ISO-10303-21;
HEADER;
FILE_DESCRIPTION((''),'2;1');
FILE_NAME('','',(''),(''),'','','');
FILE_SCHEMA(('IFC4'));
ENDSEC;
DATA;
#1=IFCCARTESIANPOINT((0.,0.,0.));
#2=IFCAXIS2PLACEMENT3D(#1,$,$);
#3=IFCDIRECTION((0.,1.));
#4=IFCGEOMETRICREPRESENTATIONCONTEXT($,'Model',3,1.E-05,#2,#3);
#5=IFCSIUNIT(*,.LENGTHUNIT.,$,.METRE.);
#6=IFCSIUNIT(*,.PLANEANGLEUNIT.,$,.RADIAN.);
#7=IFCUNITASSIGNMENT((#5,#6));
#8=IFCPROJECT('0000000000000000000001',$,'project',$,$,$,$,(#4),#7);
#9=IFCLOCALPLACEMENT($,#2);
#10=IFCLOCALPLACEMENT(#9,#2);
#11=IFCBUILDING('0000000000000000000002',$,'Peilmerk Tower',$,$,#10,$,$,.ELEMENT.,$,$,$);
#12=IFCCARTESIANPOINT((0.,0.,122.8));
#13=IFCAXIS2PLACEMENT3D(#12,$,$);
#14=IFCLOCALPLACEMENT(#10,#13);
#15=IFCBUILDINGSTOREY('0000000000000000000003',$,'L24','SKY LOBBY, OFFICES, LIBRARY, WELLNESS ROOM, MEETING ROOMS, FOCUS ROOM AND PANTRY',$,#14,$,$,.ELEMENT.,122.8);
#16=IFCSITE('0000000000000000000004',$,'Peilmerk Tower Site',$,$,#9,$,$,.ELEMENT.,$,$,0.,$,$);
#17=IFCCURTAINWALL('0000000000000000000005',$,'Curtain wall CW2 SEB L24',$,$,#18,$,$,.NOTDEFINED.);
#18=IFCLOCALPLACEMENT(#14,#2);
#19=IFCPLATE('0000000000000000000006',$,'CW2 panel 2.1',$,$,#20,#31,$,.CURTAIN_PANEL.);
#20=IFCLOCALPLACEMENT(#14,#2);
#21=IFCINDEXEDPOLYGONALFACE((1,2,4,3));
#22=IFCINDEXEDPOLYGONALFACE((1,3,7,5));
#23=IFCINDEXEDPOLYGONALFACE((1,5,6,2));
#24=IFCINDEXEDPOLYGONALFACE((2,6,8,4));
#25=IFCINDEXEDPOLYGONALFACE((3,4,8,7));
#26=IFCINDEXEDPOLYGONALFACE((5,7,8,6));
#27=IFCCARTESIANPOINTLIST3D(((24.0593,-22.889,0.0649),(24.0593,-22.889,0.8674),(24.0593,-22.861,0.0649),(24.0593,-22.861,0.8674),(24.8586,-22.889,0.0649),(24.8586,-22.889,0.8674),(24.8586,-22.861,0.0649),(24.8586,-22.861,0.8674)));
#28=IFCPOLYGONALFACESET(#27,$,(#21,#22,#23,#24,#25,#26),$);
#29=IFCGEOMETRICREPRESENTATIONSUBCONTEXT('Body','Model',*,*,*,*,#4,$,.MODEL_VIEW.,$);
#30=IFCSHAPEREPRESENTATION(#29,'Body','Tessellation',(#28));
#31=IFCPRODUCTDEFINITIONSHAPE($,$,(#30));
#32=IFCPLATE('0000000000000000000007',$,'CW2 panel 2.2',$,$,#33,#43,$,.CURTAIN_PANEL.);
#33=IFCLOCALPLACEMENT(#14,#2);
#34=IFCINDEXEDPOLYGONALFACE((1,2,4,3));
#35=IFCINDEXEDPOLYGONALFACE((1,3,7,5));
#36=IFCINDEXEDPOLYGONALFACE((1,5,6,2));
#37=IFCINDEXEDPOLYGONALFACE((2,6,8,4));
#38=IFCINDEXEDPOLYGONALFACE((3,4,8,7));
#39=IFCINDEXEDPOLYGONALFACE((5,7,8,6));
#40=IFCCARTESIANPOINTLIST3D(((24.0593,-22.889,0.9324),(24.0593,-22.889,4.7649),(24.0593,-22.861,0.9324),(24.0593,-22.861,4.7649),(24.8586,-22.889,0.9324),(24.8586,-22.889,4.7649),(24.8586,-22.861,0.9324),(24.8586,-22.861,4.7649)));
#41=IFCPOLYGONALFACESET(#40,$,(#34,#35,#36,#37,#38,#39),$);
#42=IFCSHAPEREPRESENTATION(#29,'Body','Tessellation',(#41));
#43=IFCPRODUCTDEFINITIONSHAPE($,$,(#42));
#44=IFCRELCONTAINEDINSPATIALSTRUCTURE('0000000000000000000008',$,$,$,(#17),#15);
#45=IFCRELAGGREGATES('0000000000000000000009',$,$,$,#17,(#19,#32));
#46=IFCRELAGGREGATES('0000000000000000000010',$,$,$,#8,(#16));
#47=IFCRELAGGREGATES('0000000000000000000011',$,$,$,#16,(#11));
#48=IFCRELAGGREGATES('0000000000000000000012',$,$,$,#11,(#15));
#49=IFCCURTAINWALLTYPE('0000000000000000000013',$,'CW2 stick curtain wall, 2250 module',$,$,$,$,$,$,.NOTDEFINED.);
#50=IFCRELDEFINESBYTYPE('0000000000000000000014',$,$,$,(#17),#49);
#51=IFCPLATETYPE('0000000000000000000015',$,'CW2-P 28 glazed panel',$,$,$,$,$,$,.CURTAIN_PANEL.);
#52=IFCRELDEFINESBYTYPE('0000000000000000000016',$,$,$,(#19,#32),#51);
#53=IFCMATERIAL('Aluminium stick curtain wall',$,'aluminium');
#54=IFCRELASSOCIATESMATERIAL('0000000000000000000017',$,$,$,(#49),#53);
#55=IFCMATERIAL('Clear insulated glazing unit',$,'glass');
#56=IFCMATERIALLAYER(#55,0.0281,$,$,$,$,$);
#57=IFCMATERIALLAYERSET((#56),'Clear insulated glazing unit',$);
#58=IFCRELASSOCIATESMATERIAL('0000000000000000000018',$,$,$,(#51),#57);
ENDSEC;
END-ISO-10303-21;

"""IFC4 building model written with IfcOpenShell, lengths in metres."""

from ifc_helpers import new_model, si_unit, direction, frame, origin, origin_2d, place, context, subcontext, project, spatial, rectangle, extrude, material, layer, layer_set, type_object, element, aggregate, save


model = new_model("IFC4")

# Units and contexts
model_context = context("Model", 3, precision=1e-05, world=origin(), true_north=direction((0.0, 1.0)))
body_context = subcontext(model_context, "Body", "Model", "MODEL_VIEW")
ifc_project = project(units=[si_unit("LENGTHUNIT", "METRE"), si_unit("PLANEANGLEUNIT", "RADIAN")], contexts=[model_context])

# Site, building, storey
site_placement = place(None, origin())
site = spatial("IfcSite", under=ifc_project, at=site_placement, Name="Peilmerk Tower Site", CompositionType="ELEMENT", RefElevation=0.0)
building_placement = place(site_placement, origin())
building = spatial("IfcBuilding", under=site, at=building_placement, Name="Peilmerk Tower", CompositionType="ELEMENT")
storey_placement = place(building_placement, frame((0.0, 0.0, 122.8)))
storey = spatial("IfcBuildingStorey", under=building, at=storey_placement, Name="L24", Description="SKY LOBBY, OFFICES, LIBRARY, WELLNESS ROOM, MEETING ROOMS, FOCUS ROOM AND PANTRY", CompositionType="ELEMENT", Elevation=122.8)

# Curtain wall, plates
ifc_material_1 = material(Name="Aluminium stick curtain wall", Category="aluminium")
curtain_wall_type = type_object("IfcCurtainWallType", Name="CW2 stick curtain wall, 2250 module", PredefinedType="NOTDEFINED", material=ifc_material_1)
curtain_wall_placement = place(storey_placement, origin())
curtain_wall = element("IfcCurtainWall", 1, at=curtain_wall_placement, inside=storey, type_object=curtain_wall_type, Name="Curtain wall CW2 SEB L24", PredefinedType="NOTDEFINED")
ifc_material_2 = material(Name="Clear insulated glazing unit", Category="glass")
ifc_layer_1 = layer(ifc_material_2, 0.0281)
ifc_layer_set_1 = layer_set([ifc_layer_1], Name="Clear insulated glazing unit")
plate_type = type_object("IfcPlateType", Name="CW2-P 28 glazed panel", PredefinedType="CURTAIN_PANEL", material=ifc_layer_set_1)
plate_1_placement = place(storey_placement, frame((24.459, -22.875, 0.0649), z_axis=(0.0, 0.0, 1.0), x_axis=(1.0, 0.0, 0.0)))
plate_1 = element("IfcPlate", 2, at=plate_1_placement, type_object=plate_type, Name="CW2 panel 2.1", PredefinedType="CURTAIN_PANEL", context=body_context, shape_type="SweptSolid", body=[
    extrude(rectangle(XDim=0.7993, YDim=0.0281, at=origin_2d()), origin(), (0.0, 0.0, 1.0), 0.8025),
])
plate_2_placement = place(storey_placement, frame((24.459, -22.875, 0.9324), z_axis=(0.0, 0.0, 1.0), x_axis=(1.0, 0.0, 0.0)))
plate_2 = element("IfcPlate", 3, at=plate_2_placement, type_object=plate_type, Name="CW2 panel 2.2", PredefinedType="CURTAIN_PANEL", context=body_context, shape_type="SweptSolid", body=[
    extrude(rectangle(XDim=0.7993, YDim=0.0281, at=origin_2d()), origin(), (0.0, 0.0, 1.0), 3.8325),
])
aggregate(curtain_wall, [plate_1, plate_2])

save(model, "model.ifc")
